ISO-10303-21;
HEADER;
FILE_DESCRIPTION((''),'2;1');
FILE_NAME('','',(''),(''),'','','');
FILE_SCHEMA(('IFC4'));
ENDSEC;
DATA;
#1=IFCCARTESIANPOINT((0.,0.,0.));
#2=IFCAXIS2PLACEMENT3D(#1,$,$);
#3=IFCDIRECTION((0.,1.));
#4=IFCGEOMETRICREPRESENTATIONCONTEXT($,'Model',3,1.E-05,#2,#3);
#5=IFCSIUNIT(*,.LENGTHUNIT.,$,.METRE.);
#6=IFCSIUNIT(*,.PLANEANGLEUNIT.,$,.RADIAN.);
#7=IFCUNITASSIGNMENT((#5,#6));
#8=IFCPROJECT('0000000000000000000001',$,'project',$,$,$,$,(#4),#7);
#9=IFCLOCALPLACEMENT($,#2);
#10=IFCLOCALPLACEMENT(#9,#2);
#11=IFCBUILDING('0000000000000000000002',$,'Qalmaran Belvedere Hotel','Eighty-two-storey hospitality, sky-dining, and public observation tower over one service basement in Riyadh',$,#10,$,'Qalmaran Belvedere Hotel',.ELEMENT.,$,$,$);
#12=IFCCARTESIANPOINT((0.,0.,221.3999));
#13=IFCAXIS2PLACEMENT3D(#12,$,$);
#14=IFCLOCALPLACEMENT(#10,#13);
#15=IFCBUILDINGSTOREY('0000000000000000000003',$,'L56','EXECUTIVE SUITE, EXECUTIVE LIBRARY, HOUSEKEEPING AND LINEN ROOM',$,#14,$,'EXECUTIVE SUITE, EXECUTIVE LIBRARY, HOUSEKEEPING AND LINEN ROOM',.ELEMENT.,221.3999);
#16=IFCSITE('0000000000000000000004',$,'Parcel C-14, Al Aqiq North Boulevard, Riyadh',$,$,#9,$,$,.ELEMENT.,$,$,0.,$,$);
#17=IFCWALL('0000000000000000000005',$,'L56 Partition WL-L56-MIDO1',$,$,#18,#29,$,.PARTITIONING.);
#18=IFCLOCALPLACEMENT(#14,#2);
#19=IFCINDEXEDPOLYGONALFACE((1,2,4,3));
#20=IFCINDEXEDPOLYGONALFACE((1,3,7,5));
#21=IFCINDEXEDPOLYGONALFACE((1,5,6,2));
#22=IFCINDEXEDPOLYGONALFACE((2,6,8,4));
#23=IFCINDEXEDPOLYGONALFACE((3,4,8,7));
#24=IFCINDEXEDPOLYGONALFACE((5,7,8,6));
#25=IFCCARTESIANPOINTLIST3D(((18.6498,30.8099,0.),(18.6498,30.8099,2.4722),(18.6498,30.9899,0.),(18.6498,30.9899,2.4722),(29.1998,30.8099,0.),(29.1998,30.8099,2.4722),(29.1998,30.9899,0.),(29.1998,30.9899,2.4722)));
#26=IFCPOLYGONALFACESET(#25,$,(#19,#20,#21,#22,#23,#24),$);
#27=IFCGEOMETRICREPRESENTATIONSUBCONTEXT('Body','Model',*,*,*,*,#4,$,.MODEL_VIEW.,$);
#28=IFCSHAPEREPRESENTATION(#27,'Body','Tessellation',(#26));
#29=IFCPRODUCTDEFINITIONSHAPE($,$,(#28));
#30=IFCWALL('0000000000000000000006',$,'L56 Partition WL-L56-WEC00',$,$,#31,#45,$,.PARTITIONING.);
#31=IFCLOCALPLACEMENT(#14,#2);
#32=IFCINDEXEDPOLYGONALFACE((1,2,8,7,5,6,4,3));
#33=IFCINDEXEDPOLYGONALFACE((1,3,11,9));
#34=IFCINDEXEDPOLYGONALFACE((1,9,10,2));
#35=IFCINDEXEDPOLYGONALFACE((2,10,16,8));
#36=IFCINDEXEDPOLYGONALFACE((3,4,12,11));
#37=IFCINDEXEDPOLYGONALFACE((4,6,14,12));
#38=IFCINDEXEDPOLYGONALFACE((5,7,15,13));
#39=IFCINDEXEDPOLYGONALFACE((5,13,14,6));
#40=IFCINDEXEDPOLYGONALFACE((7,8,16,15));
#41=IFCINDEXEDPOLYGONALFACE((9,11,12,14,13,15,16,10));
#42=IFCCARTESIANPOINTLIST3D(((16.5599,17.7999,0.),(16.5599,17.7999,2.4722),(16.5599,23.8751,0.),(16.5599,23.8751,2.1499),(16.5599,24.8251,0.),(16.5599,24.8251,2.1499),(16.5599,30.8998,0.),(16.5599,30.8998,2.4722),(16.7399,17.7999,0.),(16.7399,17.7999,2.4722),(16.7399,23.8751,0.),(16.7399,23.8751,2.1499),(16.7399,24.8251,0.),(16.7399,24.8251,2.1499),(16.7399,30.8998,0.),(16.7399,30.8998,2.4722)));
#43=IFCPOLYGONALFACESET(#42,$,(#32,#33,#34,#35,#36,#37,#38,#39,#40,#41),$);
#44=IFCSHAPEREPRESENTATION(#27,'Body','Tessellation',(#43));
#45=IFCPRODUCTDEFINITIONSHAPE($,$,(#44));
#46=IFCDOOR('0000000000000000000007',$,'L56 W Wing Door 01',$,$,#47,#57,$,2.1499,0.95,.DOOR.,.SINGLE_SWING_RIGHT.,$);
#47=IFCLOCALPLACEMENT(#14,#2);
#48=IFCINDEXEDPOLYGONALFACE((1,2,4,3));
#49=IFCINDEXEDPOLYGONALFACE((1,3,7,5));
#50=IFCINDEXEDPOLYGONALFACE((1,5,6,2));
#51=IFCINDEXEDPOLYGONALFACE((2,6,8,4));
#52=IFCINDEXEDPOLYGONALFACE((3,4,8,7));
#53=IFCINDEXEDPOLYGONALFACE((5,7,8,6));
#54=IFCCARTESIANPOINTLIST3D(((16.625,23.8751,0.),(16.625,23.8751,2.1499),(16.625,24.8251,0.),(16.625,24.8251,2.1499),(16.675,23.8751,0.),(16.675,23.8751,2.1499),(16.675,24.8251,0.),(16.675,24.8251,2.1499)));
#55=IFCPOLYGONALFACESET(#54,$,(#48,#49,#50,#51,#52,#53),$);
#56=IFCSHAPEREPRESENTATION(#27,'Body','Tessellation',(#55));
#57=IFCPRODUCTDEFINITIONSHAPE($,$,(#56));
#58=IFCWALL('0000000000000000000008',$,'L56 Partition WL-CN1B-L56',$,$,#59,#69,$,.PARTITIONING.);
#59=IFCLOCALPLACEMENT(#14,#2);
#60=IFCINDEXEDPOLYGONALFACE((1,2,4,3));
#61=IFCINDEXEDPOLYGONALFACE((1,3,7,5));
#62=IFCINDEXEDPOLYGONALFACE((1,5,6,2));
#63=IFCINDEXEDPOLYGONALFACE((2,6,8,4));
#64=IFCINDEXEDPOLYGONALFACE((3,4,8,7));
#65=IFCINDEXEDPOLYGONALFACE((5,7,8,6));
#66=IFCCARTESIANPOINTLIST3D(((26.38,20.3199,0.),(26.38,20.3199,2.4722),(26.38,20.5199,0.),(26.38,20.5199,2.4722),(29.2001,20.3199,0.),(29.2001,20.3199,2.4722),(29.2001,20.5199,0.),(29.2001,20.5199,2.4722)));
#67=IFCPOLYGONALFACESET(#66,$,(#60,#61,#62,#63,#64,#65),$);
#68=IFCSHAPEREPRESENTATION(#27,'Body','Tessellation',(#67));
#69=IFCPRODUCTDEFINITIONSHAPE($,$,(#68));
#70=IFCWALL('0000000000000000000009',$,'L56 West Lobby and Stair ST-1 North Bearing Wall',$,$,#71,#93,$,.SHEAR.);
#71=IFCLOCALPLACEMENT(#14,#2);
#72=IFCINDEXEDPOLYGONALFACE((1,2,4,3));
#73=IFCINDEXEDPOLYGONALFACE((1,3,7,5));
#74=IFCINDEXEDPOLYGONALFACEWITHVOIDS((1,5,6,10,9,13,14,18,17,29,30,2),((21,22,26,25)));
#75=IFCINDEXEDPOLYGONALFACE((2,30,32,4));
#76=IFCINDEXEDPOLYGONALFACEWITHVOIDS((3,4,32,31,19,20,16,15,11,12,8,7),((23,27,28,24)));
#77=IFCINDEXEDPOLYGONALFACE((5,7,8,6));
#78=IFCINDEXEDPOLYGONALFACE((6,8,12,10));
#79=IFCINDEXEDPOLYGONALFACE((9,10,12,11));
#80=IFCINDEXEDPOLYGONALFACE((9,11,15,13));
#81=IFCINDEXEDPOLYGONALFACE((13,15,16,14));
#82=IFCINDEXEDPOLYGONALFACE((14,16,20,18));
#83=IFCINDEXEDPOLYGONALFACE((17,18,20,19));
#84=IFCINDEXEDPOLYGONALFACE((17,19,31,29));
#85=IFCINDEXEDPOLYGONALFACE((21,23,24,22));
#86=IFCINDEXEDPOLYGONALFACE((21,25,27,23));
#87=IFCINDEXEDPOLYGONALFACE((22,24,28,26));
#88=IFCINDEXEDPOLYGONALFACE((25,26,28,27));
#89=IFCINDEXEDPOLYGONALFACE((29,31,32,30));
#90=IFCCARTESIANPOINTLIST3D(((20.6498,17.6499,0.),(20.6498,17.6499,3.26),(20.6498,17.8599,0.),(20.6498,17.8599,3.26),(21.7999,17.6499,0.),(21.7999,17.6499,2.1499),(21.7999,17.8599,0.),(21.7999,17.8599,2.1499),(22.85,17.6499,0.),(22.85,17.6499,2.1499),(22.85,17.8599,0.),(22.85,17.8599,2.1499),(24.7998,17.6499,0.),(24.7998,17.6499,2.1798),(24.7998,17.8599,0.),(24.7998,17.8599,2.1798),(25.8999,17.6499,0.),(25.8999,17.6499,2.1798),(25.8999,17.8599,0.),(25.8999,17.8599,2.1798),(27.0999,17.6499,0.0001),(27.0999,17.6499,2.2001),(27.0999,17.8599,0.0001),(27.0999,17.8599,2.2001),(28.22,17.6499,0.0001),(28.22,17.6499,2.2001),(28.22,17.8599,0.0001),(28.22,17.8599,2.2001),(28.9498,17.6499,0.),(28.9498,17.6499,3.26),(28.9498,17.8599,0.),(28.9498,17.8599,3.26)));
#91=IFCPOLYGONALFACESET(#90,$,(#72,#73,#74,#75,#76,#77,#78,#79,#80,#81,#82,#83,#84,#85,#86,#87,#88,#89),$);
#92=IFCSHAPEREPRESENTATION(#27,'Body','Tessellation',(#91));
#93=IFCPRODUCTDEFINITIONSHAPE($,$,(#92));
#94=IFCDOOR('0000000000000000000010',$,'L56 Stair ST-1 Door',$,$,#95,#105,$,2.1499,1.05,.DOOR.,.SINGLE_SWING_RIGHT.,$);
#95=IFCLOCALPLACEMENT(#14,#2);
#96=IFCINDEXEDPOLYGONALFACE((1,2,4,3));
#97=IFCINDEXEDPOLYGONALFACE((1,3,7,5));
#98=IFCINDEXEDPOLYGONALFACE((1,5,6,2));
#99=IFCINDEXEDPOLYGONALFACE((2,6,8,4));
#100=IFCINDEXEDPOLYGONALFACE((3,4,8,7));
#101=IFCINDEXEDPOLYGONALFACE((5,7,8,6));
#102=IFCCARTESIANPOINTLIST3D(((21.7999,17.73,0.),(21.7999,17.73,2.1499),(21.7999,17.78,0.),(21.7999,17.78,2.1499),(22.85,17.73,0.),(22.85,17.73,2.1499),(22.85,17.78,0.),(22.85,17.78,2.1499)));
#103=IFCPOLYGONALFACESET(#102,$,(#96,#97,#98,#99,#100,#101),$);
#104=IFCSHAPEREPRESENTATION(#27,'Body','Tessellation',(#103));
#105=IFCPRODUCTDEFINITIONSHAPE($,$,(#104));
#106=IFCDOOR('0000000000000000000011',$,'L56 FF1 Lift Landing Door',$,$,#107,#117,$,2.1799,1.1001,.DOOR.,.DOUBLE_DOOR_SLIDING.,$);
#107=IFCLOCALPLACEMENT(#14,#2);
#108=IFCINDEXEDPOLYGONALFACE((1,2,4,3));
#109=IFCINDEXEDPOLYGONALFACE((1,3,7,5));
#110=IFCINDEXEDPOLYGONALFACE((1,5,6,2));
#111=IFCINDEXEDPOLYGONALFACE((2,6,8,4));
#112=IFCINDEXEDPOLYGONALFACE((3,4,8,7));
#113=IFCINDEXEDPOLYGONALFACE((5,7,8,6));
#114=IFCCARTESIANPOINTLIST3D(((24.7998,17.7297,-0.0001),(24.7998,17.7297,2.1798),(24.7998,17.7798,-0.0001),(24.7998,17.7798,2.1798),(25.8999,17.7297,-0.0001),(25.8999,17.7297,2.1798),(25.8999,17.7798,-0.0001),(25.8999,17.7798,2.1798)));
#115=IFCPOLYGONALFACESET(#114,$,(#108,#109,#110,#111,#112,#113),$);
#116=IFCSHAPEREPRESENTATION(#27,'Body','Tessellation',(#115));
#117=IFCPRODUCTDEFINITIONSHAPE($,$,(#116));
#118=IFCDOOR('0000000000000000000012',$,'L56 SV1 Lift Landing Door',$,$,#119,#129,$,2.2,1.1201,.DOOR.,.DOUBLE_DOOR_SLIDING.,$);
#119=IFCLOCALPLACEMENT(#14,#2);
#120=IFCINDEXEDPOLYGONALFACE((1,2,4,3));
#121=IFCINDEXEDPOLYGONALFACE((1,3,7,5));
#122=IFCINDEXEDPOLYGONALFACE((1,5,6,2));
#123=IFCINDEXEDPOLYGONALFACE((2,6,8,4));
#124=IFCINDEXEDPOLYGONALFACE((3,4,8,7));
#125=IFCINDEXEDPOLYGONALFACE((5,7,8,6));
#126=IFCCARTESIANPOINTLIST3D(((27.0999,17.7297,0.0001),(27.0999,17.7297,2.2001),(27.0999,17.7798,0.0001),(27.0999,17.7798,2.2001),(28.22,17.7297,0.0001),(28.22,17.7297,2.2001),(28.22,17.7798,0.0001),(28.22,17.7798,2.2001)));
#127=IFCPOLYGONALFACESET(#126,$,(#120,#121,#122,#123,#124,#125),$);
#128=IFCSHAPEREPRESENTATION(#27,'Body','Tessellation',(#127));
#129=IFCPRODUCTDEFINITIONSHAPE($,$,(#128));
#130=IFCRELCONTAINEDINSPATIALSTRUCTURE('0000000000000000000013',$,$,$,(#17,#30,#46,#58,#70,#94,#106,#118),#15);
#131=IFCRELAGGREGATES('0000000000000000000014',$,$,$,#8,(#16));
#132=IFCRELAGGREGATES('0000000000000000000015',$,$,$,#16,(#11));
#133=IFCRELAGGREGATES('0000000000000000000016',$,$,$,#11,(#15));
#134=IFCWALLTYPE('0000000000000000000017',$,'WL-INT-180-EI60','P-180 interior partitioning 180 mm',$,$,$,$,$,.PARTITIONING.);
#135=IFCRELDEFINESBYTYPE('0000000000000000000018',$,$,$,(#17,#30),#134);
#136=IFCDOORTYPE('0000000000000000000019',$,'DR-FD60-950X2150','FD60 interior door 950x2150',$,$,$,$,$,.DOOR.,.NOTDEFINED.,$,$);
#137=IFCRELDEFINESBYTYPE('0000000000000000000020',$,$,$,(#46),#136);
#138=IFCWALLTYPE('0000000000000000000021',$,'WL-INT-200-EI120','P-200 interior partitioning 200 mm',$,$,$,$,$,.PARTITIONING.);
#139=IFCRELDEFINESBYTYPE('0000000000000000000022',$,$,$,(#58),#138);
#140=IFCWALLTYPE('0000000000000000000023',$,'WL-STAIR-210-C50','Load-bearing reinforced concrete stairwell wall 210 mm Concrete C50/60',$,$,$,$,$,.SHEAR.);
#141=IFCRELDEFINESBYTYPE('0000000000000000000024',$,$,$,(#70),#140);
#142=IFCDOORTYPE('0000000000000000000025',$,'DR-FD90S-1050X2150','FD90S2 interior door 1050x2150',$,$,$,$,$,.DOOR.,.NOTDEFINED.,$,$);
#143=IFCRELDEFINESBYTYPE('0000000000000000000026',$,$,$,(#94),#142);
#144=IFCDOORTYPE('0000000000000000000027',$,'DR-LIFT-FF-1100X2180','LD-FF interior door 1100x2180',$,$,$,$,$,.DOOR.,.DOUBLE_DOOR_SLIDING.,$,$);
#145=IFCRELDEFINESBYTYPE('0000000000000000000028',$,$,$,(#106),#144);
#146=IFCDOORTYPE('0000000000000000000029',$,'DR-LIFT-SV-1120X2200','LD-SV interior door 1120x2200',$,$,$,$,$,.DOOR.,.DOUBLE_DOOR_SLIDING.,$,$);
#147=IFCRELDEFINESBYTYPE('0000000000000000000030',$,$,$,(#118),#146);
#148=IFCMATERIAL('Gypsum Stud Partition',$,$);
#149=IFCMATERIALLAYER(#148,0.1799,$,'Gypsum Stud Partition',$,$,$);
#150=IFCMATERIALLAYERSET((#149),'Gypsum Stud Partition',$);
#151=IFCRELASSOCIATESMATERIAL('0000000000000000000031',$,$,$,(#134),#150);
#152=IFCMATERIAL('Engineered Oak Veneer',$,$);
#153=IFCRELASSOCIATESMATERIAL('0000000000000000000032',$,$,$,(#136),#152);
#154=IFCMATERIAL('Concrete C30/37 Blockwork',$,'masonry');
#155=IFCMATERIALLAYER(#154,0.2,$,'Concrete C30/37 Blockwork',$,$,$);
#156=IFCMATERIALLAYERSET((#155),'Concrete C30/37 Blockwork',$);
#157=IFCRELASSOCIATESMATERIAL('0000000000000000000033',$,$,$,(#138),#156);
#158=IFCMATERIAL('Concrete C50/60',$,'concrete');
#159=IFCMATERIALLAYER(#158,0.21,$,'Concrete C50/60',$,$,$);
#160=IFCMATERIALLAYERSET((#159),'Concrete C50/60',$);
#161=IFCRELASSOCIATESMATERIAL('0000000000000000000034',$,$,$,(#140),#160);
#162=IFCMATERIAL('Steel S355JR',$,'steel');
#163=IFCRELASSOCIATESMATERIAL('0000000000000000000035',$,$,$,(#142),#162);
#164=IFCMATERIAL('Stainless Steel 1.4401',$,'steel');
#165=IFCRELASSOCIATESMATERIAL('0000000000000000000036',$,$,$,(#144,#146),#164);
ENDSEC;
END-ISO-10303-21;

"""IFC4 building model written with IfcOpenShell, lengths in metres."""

from ifc_helpers import new_model, si_unit, direction, frame, frame_2d, origin, place, context, subcontext, project, spatial, rectangle, extrude, material, layer, layer_set, type_object, element, fill, save


model = new_model("IFC4")

# Units and contexts
model_context = context("Model", 3, precision=1e-05, world=origin(), true_north=direction((0.0, 1.0)))
body_context = subcontext(model_context, "Body", "Model", "MODEL_VIEW")
ifc_project = project(units=[si_unit("LENGTHUNIT", "METRE"), si_unit("PLANEANGLEUNIT", "RADIAN")], contexts=[model_context])

# Site, building, storey
site_placement = place(None, origin())
site = spatial("IfcSite", under=ifc_project, at=site_placement, Name="Parcel C-14, Al Aqiq North Boulevard, Riyadh", CompositionType="ELEMENT", RefElevation=0.0)
building_placement = place(site_placement, origin())
building = spatial("IfcBuilding", under=site, at=building_placement, Name="Qalmaran Belvedere Hotel", Description="Eighty-two-storey hospitality, sky-dining, and public observation tower over one service basement in Riyadh", LongName="Qalmaran Belvedere Hotel", CompositionType="ELEMENT")
storey_placement = place(building_placement, frame((0.0, 0.0, 221.3999)))
storey = spatial("IfcBuildingStorey", under=building, at=storey_placement, Name="L56", Description="EXECUTIVE SUITE, EXECUTIVE LIBRARY, HOUSEKEEPING AND LINEN ROOM", LongName="EXECUTIVE SUITE, EXECUTIVE LIBRARY, HOUSEKEEPING AND LINEN ROOM", CompositionType="ELEMENT", Elevation=221.3999)

# Shared definitions
ifc_material_1 = material(Name="Concrete C50/60", Category="concrete")

# Shared definitions
ifc_material_2 = material(Name="Steel S355JR", Category="steel")

# Shared definitions
ifc_material_3 = material(Name="Gypsum Stud Partition")
ifc_material_4 = material(Name="Engineered Oak Veneer")

# Shared definitions
ifc_layer_1 = layer(ifc_material_3, 0.1799, Name="Gypsum Stud Partition")
ifc_layer_set_1 = layer_set([ifc_layer_1], Name="Gypsum Stud Partition")
wall_type_1 = type_object("IfcWallType", Name="WL-INT-180-EI60", Description="P-180 interior partitioning 180 mm", PredefinedType="PARTITIONING", material=ifc_layer_set_1)
door_type_1 = type_object("IfcDoorType", Name="DR-FD60-950X2150", Description="FD60 interior door 950x2150", OperationType="NOTDEFINED", PredefinedType="DOOR", material=ifc_material_4)

# Wall
wall_1_placement = place(storey_placement, frame((18.6499, 30.8999, 0.0), z_axis=(0.0, 0.0, 1.0), x_axis=(1.0, 0.0, 0.0)))
element("IfcWall", 1, at=wall_1_placement, inside=storey, type_object=wall_type_1, Name="L56 Partition WL-L56-MIDO1", PredefinedType="PARTITIONING", context=body_context, shape_type="SweptSolid", body=[
    extrude(rectangle(XDim=10.55, YDim=0.1799, at=frame_2d((5.2749, 0.0))), origin(), (0.0, 0.0, 1.0), 2.4722),
])

# Wall, opening, door
wall_2_placement = place(storey_placement, frame((16.6499, 17.8, 0.0), z_axis=(0.0, 0.0, 1.0), x_axis=(0.0, 1.0, 0.0)))
wall_2 = element("IfcWall", 2, at=wall_2_placement, inside=storey, type_object=wall_type_1, Name="L56 Partition WL-L56-WEC00", PredefinedType="PARTITIONING", context=body_context, shape_type="SweptSolid", body=[
    extrude(rectangle(XDim=13.0999, YDim=0.1799, at=frame_2d((6.5498, 0.0))), origin(), (0.0, 0.0, 1.0), 2.4722),
])
opening_1_placement = place(wall_2_placement, frame((6.075, 0.0, 0.0)))
opening_1 = element("IfcOpeningElement", 3, at=opening_1_placement, cuts=wall_2, PredefinedType="OPENING", context=body_context, shape_type="SweptSolid", body=[
    extrude(rectangle(XDim=0.95, YDim=2.1499, at=frame_2d((0.4751, 1.075))), frame((0.0, 0.1001, 0.0), z_axis=(0.0, -1.0, 0.0), x_axis=(1.0, 0.0, 0.0)), (0.0, 0.0, 1.0), 0.2),
])
door_1_placement = place(opening_1_placement, origin())
door_1 = element("IfcDoor", 4, at=door_1_placement, inside=storey, type_object=door_type_1, Name="L56 W Wing Door 01", OperationType="SINGLE_SWING_RIGHT", OverallHeight=2.1499, OverallWidth=0.95, PredefinedType="DOOR", context=body_context, shape_type="SweptSolid", body=[
    extrude(rectangle(XDim=0.95, YDim=2.1499, at=frame_2d((0.4751, 1.075))), frame((0.0, 0.0249, 0.0), z_axis=(0.0, -1.0, 0.0), x_axis=(1.0, 0.0, 0.0)), (0.0, 0.0, 1.0), 0.05),
])
fill(opening_1, door_1)
ifc_material_5 = material(Name="Concrete C30/37 Blockwork", Category="masonry")
ifc_layer_2 = layer(ifc_material_5, 0.2, Name="Concrete C30/37 Blockwork")
ifc_layer_set_2 = layer_set([ifc_layer_2], Name="Concrete C30/37 Blockwork")
wall_type_2 = type_object("IfcWallType", Name="WL-INT-200-EI120", Description="P-200 interior partitioning 200 mm", PredefinedType="PARTITIONING", material=ifc_layer_set_2)

# Wall
wall_3_placement = place(storey_placement, frame((26.3799, 20.4199, 0.0), z_axis=(0.0, 0.0, 1.0), x_axis=(1.0, 0.0, 0.0)))
element("IfcWall", 5, at=wall_3_placement, inside=storey, type_object=wall_type_2, Name="L56 Partition WL-CN1B-L56", PredefinedType="PARTITIONING", context=body_context, shape_type="SweptSolid", body=[
    extrude(rectangle(XDim=2.8201, YDim=0.2, at=frame_2d((1.4102, 0.0))), origin(), (0.0, 0.0, 1.0), 2.4722),
])

# Wall, openings, doors
ifc_layer_3 = layer(ifc_material_1, 0.21, Name="Concrete C50/60")
ifc_layer_set_3 = layer_set([ifc_layer_3], Name="Concrete C50/60")
wall_type_3 = type_object("IfcWallType", Name="WL-STAIR-210-C50", Description="Load-bearing reinforced concrete stairwell wall 210 mm Concrete C50/60", PredefinedType="SHEAR", material=ifc_layer_set_3)
wall_4_placement = place(storey_placement, frame((20.6499, 17.7549, 0.0), z_axis=(0.0, 0.0, 1.0), x_axis=(1.0, 0.0, 0.0)))
wall_4 = element("IfcWall", 6, at=wall_4_placement, inside=storey, type_object=wall_type_3, Name="L56 West Lobby and Stair ST-1 North Bearing Wall", PredefinedType="SHEAR", context=body_context, shape_type="SweptSolid", body=[
    extrude(rectangle(XDim=8.3, YDim=0.21, at=frame_2d((4.1499, 0.0))), origin(), (0.0, 0.0, 1.0), 3.26),
])
opening_2_placement = place(wall_4_placement, frame((2.2, 0.0, 0.0), z_axis=(0.0, 0.0, 1.0), x_axis=(-1.0, 0.0, 0.0)))
opening_2 = element("IfcOpeningElement", 7, at=opening_2_placement, cuts=wall_4, PredefinedType="OPENING", context=body_context, shape_type="SweptSolid", body=[
    extrude(rectangle(XDim=1.05, YDim=2.1499, at=frame_2d((0.5249, 1.075))), frame((0.0, 0.115, 0.0), z_axis=(0.0, -1.0, 0.0), x_axis=(1.0, 0.0, 0.0)), (0.0, 0.0, 1.0), 0.23),
])
opening_3_placement = place(wall_4_placement, frame((4.1499, 0.0, 0.0)))
opening_3 = element("IfcOpeningElement", 8, at=opening_3_placement, cuts=wall_4, PredefinedType="OPENING", context=body_context, shape_type="SweptSolid", body=[
    extrude(rectangle(XDim=1.1001, YDim=2.1799, at=frame_2d((0.55, 1.0898))), frame((0.0, 0.115, 0.0), z_axis=(0.0, -1.0, 0.0), x_axis=(1.0, 0.0, 0.0)), (0.0, 0.0, 1.0), 0.23),
])
opening_4_placement = place(wall_4_placement, frame((6.45, 0.0, 0.0)))
opening_4 = element("IfcOpeningElement", 9, at=opening_4_placement, cuts=wall_4, PredefinedType="OPENING", context=body_context, shape_type="SweptSolid", body=[
    extrude(rectangle(XDim=1.1201, YDim=2.2, at=frame_2d((0.5601, 1.1001))), frame((0.0, 0.115, 0.0), z_axis=(0.0, -1.0, 0.0), x_axis=(1.0, 0.0, 0.0)), (0.0, 0.0, 1.0), 0.23),
])
door_type_2 = type_object("IfcDoorType", Name="DR-FD90S-1050X2150", Description="FD90S2 interior door 1050x2150", OperationType="NOTDEFINED", PredefinedType="DOOR", material=ifc_material_2)
door_2_placement = place(opening_2_placement, origin())
door_2 = element("IfcDoor", 10, at=door_2_placement, inside=storey, type_object=door_type_2, Name="L56 Stair ST-1 Door", OperationType="SINGLE_SWING_RIGHT", OverallHeight=2.1499, OverallWidth=1.05, PredefinedType="DOOR", context=body_context, shape_type="SweptSolid", body=[
    extrude(rectangle(XDim=1.05, YDim=2.1499, at=frame_2d((0.5249, 1.075))), frame((0.0, 0.0249, 0.0), z_axis=(0.0, -1.0, 0.0), x_axis=(1.0, 0.0, 0.0)), (0.0, 0.0, 1.0), 0.05),
])
fill(opening_2, door_2)
ifc_material_6 = material(Name="Stainless Steel 1.4401", Category="steel")
door_type_3 = type_object("IfcDoorType", Name="DR-LIFT-FF-1100X2180", Description="LD-FF interior door 1100x2180", OperationType="DOUBLE_DOOR_SLIDING", PredefinedType="DOOR", material=ifc_material_6)
door_3_placement = place(opening_3_placement, origin())
door_3 = element("IfcDoor", 11, at=door_3_placement, inside=storey, type_object=door_type_3, Name="L56 FF1 Lift Landing Door", OperationType="DOUBLE_DOOR_SLIDING", OverallHeight=2.1799, OverallWidth=1.1001, PredefinedType="DOOR", context=body_context, shape_type="SweptSolid", body=[
    extrude(rectangle(XDim=1.1001, YDim=2.1799, at=frame_2d((0.55, 1.0898))), frame((0.0, 0.0249, 0.0), z_axis=(0.0, -1.0, 0.0), x_axis=(1.0, 0.0, 0.0)), (0.0, 0.0, 1.0), 0.05),
])
fill(opening_3, door_3)
door_type_4 = type_object("IfcDoorType", Name="DR-LIFT-SV-1120X2200", Description="LD-SV interior door 1120x2200", OperationType="DOUBLE_DOOR_SLIDING", PredefinedType="DOOR", material=ifc_material_6)
door_4_placement = place(opening_4_placement, origin())
door_4 = element("IfcDoor", 12, at=door_4_placement, inside=storey, type_object=door_type_4, Name="L56 SV1 Lift Landing Door", OperationType="DOUBLE_DOOR_SLIDING", OverallHeight=2.2, OverallWidth=1.1201, PredefinedType="DOOR", context=body_context, shape_type="SweptSolid", body=[
    extrude(rectangle(XDim=1.1201, YDim=2.2, at=frame_2d((0.5601, 1.1001))), frame((0.0, 0.0249, 0.0), z_axis=(0.0, -1.0, 0.0), x_axis=(1.0, 0.0, 0.0)), (0.0, 0.0, 1.0), 0.05),
])
fill(opening_4, door_4)

save(model, "model.ifc")
